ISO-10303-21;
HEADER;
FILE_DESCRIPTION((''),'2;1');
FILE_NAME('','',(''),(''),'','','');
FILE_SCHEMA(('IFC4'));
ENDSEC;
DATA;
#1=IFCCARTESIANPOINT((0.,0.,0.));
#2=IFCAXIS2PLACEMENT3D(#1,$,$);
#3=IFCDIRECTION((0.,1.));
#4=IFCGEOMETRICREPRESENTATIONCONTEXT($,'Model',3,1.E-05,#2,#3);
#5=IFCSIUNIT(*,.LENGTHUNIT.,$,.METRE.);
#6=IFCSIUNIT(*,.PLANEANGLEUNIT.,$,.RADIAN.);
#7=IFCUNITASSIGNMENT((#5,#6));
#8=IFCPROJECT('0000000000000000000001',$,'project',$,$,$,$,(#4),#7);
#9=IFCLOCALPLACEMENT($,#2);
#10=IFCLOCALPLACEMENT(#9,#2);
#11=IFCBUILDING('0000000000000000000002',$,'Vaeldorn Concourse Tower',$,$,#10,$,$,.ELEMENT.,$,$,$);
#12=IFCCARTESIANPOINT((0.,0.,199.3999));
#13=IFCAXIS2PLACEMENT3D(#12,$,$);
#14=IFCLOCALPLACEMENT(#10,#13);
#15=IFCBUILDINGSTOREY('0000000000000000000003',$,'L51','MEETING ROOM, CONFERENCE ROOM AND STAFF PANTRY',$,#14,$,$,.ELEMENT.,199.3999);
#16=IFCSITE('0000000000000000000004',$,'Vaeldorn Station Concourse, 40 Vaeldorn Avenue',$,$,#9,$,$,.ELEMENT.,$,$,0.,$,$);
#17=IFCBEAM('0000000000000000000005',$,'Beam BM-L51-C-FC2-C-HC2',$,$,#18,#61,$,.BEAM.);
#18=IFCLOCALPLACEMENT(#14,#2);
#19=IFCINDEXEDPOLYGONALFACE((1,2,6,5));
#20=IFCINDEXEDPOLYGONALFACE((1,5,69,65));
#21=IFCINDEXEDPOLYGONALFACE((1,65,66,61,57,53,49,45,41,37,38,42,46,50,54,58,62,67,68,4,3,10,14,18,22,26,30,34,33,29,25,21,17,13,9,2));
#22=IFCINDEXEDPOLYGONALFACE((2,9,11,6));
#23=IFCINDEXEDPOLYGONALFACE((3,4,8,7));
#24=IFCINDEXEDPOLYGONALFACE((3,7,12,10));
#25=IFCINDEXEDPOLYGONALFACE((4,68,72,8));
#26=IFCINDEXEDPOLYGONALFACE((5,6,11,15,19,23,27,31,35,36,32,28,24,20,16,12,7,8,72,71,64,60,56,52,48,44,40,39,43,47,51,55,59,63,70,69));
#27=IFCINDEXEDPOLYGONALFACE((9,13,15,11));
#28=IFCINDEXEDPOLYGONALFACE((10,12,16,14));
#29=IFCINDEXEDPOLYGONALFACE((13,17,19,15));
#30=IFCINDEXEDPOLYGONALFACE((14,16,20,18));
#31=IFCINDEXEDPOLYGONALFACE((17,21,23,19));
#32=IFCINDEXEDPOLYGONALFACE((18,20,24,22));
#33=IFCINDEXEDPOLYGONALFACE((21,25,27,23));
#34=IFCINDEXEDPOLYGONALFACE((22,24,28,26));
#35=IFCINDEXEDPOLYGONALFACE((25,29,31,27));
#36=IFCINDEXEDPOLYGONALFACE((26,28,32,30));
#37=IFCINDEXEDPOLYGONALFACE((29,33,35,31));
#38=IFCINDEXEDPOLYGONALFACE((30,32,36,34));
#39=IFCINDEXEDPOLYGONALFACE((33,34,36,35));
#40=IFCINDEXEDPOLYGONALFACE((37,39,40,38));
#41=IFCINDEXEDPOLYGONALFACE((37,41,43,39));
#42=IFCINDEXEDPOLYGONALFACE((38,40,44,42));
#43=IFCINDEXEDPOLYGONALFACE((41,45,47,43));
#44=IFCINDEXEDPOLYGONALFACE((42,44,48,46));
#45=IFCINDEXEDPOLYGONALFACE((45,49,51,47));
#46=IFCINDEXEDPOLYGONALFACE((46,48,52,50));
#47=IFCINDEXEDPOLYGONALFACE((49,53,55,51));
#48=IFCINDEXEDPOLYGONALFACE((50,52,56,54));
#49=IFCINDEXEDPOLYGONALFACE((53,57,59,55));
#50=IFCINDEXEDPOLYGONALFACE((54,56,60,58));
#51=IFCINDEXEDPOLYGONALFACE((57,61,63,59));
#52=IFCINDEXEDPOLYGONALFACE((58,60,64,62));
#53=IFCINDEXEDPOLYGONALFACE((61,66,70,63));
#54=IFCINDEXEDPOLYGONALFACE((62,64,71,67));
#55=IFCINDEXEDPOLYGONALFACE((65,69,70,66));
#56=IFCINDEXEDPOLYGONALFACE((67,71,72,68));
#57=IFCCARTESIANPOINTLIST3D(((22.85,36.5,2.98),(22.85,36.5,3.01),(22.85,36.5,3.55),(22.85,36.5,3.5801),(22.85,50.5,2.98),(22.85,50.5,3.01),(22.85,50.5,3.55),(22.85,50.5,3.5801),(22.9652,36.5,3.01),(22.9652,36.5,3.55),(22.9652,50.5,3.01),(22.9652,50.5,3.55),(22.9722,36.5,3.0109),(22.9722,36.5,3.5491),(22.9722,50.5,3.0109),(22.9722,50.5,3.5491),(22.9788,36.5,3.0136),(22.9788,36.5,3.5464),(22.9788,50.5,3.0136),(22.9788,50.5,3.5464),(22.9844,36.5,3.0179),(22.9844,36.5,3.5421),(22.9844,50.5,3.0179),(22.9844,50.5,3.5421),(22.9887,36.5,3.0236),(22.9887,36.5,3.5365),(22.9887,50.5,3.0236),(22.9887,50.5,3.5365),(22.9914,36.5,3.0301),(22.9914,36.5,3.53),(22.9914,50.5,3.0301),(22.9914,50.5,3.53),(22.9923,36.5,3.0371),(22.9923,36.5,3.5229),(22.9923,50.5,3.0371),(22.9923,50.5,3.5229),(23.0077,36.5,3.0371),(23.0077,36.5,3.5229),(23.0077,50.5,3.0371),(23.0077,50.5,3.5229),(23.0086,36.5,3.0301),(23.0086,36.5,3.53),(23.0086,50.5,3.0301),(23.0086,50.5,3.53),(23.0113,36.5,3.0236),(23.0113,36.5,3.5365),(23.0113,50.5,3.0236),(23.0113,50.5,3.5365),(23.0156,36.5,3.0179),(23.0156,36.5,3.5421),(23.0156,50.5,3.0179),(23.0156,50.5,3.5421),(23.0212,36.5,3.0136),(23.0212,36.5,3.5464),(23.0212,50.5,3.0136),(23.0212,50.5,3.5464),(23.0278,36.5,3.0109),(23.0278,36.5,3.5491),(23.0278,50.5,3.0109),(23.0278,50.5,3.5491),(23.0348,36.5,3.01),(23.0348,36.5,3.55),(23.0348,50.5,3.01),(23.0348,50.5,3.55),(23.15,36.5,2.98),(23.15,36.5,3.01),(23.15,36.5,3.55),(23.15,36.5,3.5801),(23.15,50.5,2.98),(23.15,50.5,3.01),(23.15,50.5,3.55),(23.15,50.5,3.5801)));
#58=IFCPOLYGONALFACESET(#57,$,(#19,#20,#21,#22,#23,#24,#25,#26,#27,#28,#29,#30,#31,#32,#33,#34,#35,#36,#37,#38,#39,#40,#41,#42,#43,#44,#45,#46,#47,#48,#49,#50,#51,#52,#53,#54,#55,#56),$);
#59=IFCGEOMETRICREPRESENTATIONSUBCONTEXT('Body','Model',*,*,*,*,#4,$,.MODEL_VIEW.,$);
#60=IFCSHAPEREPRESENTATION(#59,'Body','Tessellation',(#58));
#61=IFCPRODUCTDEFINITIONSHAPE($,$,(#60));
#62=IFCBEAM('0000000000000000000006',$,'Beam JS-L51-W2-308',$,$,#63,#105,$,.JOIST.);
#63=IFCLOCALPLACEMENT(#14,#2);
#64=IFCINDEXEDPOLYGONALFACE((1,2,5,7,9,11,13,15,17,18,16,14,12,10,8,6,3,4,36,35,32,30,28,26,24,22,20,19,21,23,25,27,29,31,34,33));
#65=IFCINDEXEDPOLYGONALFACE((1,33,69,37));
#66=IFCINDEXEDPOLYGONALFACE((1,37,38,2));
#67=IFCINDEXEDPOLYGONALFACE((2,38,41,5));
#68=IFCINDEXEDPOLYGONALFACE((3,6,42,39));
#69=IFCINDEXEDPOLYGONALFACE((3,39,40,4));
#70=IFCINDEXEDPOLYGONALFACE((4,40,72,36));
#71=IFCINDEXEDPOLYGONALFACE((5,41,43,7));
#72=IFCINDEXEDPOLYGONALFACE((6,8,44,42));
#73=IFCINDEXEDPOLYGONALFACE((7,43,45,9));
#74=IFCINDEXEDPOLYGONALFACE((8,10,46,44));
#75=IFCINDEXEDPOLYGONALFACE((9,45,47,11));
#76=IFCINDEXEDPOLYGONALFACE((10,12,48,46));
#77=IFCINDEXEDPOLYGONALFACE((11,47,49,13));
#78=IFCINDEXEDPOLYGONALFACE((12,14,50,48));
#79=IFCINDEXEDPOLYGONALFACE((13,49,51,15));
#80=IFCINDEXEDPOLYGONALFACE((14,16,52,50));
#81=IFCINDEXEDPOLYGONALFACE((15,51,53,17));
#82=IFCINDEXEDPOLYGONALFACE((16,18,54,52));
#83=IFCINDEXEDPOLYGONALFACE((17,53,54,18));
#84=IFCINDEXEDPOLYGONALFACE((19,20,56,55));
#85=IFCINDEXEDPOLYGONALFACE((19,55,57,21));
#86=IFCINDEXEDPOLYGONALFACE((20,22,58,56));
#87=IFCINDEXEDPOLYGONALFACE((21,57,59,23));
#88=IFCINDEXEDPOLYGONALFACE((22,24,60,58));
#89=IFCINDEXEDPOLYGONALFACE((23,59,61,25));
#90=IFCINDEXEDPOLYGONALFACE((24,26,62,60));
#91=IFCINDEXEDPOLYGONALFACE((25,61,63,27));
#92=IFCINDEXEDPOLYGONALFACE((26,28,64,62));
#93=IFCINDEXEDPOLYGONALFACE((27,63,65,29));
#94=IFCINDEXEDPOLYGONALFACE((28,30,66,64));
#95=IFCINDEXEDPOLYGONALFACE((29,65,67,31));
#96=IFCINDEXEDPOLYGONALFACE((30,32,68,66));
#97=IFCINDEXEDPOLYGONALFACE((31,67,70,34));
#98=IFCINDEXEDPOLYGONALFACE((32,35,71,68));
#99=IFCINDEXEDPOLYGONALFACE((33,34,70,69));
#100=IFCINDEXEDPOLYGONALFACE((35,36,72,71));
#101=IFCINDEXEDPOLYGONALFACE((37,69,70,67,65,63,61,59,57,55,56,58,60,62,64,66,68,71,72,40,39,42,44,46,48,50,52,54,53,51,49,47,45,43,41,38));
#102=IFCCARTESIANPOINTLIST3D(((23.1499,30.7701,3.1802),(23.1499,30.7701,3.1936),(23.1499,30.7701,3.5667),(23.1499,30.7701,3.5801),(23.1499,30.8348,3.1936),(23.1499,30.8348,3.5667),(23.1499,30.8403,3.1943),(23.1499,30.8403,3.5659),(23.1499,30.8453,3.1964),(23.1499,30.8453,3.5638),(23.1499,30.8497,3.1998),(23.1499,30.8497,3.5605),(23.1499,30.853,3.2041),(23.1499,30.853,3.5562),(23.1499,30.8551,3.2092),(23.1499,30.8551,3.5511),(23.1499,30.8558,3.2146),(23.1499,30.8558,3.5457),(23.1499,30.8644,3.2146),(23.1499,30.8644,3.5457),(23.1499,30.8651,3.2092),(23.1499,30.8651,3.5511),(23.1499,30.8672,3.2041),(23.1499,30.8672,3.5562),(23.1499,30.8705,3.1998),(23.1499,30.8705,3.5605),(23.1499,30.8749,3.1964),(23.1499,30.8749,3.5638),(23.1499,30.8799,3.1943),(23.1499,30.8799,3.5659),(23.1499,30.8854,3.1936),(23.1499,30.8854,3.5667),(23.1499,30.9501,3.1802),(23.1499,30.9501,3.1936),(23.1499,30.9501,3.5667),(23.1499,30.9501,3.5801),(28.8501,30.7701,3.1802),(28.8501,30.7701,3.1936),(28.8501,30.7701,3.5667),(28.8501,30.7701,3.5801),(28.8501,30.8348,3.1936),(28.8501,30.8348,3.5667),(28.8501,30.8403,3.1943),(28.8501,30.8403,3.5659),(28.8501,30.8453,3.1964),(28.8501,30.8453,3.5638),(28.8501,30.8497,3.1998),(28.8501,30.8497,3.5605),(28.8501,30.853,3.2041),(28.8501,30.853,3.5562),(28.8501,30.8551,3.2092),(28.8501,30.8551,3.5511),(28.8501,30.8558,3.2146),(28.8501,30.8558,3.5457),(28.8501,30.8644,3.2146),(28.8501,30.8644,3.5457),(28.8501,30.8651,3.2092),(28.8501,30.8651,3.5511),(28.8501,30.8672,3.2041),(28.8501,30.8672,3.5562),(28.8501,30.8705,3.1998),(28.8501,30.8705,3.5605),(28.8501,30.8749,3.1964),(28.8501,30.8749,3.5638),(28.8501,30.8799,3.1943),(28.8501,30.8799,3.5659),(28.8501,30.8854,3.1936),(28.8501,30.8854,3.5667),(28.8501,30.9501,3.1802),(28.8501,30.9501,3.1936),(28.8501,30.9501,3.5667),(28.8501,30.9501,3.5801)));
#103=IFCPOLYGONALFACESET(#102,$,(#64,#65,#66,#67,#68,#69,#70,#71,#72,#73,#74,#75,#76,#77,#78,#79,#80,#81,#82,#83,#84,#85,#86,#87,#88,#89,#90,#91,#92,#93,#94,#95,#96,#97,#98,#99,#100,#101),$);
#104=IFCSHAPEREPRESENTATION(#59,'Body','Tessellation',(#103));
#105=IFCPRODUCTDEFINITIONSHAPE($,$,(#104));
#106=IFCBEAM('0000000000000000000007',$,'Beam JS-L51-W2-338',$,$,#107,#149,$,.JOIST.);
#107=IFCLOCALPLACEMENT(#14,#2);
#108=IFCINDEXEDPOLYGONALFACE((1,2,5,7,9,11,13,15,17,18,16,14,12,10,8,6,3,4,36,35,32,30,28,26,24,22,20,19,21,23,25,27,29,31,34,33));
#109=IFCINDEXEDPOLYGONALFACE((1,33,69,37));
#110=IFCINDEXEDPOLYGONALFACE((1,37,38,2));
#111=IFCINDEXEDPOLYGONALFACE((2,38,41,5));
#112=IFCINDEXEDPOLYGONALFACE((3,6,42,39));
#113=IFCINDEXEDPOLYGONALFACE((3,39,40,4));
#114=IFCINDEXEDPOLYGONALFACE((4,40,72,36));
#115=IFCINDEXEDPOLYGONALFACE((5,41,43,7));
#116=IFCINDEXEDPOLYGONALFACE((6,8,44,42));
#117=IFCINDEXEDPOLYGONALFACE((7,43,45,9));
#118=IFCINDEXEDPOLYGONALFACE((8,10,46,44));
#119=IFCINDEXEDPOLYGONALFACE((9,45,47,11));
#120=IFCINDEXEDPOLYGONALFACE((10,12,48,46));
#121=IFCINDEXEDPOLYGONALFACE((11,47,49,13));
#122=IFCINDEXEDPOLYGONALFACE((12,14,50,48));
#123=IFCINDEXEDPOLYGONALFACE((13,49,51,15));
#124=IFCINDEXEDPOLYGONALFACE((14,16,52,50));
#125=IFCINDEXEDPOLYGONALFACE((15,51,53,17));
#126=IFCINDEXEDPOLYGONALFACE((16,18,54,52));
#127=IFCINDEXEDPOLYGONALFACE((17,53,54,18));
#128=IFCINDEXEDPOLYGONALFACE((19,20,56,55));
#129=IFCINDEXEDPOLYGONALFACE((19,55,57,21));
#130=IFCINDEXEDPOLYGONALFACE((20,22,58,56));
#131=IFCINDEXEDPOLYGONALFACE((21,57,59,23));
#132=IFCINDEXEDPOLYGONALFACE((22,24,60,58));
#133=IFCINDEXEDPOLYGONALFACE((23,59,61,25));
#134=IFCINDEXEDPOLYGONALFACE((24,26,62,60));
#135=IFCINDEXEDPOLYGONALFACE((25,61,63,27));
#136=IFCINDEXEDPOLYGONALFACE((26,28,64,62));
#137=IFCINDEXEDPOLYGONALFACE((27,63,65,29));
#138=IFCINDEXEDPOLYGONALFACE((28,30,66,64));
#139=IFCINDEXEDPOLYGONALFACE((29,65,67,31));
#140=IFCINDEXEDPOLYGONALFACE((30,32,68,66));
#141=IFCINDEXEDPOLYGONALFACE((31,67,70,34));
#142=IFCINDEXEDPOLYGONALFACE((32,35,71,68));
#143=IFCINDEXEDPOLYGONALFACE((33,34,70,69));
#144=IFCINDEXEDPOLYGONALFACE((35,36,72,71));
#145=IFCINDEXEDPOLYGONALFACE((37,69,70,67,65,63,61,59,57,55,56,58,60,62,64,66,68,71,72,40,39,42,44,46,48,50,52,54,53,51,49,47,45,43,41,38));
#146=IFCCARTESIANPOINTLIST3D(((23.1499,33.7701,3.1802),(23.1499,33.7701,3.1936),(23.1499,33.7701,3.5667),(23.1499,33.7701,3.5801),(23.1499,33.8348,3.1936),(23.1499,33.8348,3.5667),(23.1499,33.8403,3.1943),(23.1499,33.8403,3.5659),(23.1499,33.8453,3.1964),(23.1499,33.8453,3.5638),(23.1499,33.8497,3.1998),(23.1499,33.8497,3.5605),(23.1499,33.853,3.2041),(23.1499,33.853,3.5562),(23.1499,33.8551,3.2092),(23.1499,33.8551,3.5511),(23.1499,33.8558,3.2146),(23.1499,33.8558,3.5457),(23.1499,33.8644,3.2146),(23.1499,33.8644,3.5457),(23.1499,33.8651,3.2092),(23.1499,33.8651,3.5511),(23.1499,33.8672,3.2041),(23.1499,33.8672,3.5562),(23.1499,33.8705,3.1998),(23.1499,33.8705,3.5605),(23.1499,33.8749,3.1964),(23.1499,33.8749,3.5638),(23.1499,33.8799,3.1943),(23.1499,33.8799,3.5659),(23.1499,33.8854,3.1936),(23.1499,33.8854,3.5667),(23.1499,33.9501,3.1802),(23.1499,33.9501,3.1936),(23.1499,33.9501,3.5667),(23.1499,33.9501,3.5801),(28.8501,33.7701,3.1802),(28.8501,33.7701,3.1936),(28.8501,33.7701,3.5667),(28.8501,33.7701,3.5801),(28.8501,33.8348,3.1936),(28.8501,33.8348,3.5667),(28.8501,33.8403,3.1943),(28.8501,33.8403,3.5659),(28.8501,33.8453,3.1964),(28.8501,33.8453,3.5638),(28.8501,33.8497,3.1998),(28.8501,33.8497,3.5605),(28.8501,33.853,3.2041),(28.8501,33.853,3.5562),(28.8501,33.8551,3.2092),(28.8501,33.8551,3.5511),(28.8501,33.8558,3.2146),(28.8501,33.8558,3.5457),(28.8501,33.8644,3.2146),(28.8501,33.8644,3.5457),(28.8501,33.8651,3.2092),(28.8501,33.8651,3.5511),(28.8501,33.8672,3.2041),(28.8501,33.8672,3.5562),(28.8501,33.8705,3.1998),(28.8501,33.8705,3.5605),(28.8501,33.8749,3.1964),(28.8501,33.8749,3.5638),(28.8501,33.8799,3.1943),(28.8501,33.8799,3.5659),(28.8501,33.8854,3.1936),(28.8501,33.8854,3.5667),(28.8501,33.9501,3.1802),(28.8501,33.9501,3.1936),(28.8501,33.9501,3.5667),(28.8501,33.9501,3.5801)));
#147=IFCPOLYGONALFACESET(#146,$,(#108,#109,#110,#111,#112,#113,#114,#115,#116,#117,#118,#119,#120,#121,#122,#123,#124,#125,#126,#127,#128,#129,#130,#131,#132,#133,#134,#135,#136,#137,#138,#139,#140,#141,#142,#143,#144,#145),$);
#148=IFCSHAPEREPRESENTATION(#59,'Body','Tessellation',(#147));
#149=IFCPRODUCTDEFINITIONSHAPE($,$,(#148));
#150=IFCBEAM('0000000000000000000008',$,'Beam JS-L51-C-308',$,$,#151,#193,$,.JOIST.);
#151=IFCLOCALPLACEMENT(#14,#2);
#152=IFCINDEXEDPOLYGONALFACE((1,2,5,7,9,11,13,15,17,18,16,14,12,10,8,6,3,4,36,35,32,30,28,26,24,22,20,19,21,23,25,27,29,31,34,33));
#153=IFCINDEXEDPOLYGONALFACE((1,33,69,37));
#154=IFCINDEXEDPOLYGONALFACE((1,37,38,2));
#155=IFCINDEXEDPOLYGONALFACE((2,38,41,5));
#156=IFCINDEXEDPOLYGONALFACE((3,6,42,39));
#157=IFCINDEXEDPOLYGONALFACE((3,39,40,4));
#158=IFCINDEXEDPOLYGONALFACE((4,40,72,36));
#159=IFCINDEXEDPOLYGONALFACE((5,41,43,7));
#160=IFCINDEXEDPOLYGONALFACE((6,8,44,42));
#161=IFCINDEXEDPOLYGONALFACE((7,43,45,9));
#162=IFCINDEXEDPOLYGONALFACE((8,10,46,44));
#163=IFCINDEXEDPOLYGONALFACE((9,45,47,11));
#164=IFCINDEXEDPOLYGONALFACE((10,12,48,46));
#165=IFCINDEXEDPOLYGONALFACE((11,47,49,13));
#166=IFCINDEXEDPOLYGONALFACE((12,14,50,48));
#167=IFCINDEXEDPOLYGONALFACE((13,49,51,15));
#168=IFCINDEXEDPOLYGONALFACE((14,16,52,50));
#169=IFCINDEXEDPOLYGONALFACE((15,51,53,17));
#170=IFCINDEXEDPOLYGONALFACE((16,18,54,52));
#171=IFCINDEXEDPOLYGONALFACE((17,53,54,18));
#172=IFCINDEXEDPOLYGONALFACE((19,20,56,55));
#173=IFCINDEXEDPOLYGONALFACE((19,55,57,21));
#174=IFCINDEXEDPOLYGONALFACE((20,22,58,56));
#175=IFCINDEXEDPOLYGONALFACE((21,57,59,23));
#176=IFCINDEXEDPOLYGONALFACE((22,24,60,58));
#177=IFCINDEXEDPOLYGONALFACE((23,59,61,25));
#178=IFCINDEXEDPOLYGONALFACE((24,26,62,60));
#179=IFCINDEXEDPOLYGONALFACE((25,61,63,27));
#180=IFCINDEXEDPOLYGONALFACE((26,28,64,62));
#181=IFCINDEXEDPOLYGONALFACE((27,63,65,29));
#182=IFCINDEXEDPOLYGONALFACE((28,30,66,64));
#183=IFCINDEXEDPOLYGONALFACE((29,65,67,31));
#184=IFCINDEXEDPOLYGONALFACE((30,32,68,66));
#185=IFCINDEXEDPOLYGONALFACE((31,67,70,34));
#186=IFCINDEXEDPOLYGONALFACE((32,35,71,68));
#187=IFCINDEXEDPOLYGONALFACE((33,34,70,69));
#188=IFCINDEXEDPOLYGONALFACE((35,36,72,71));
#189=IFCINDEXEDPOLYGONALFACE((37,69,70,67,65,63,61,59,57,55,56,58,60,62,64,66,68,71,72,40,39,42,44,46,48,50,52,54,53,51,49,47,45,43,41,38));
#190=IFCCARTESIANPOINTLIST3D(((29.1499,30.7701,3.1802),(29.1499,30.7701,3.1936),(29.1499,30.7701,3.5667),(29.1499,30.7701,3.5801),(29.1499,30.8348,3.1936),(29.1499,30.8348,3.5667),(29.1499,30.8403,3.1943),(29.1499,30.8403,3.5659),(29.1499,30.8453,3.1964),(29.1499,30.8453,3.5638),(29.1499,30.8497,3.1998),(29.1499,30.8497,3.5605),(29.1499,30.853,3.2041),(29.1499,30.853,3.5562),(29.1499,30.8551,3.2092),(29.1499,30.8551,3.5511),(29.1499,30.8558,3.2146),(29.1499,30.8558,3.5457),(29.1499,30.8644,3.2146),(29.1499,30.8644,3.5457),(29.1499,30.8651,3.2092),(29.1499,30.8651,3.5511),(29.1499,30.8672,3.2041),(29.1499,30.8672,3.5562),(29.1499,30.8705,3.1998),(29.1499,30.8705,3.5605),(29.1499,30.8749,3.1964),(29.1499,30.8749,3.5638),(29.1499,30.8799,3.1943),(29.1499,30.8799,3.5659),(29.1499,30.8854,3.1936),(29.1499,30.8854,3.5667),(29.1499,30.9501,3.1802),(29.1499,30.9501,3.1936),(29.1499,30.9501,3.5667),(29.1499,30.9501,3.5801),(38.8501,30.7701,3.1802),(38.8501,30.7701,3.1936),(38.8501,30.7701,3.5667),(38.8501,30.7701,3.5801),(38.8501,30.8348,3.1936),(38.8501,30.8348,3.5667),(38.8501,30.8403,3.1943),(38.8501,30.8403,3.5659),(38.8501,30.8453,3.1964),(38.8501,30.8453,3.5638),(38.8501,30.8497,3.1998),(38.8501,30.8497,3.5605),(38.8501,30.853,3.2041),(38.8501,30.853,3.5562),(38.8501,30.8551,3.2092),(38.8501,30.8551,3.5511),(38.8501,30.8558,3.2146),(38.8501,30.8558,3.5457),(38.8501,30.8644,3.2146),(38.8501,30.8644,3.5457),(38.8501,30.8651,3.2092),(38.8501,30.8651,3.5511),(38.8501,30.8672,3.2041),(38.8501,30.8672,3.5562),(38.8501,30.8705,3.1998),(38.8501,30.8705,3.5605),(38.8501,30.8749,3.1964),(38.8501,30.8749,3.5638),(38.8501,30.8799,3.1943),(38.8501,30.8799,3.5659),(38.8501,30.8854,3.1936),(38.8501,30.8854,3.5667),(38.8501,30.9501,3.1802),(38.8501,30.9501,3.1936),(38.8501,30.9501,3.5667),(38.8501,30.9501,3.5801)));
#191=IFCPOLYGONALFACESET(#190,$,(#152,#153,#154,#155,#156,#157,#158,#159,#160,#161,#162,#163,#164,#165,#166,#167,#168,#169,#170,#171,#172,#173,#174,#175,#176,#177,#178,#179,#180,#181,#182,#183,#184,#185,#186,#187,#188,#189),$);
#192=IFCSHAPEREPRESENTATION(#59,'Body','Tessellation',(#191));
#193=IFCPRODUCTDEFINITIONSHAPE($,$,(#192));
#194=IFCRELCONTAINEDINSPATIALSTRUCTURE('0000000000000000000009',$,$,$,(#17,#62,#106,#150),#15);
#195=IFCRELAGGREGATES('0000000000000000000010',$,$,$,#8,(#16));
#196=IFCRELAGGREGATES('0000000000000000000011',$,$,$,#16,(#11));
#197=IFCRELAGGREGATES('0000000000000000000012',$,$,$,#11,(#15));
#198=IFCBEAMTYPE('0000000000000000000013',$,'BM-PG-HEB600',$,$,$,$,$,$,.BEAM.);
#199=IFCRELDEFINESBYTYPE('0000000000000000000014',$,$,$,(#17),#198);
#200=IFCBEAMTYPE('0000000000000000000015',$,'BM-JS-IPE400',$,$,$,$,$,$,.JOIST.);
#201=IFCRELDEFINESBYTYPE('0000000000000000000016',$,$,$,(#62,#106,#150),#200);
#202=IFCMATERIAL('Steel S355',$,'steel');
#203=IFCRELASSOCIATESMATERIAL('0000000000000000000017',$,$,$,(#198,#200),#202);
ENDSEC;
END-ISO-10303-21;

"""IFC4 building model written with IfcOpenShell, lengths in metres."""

from ifc_helpers import new_model, si_unit, direction, frame, origin, origin_2d, place, context, subcontext, project, spatial, i_section, extrude, source, transform, mapped, material, material_profile, profile_set, type_object, element, save


model = new_model("IFC4")

# Units and contexts
model_context = context("Model", 3, precision=1e-05, world=origin(), true_north=direction((0.0, 1.0)))
body_context = subcontext(model_context, "Body", "Model", "MODEL_VIEW")
ifc_project = project(units=[si_unit("LENGTHUNIT", "METRE"), si_unit("PLANEANGLEUNIT", "RADIAN")], contexts=[model_context])

# Site, building, storey
site_placement = place(None, origin())
site = spatial("IfcSite", under=ifc_project, at=site_placement, Name="Vaeldorn Station Concourse, 40 Vaeldorn Avenue", CompositionType="ELEMENT", RefElevation=0.0)
building_placement = place(site_placement, origin())
building = spatial("IfcBuilding", under=site, at=building_placement, Name="Vaeldorn Concourse Tower", CompositionType="ELEMENT")
storey_placement = place(building_placement, frame((0.0, 0.0, 199.3999)))
storey = spatial("IfcBuildingStorey", under=building, at=storey_placement, Name="L51", Description="MEETING ROOM, CONFERENCE ROOM AND STAFF PANTRY", CompositionType="ELEMENT", Elevation=199.3999)

# Beams
ifc_material_1 = material(Name="Steel S355", Category="steel")
ifc_material_profile_1 = material_profile(ifc_material_1, i_section(OverallWidth=0.3, OverallDepth=0.6001, WebThickness=0.0154, FlangeThickness=0.03, FilletRadius=0.0271, at=origin_2d()), Name="HEB 600")
ifc_profile_set_1 = profile_set([ifc_material_profile_1], Name="Steel S355")
beam_type_1 = type_object("IfcBeamType", Name="BM-PG-HEB600", PredefinedType="BEAM", material=ifc_profile_set_1)
shared_shape_1 = source(origin(), body_context, "Body", "SweptSolid", [
    extrude(i_section(OverallWidth=0.3, OverallDepth=0.6001, WebThickness=0.0154, FlangeThickness=0.03, FilletRadius=0.0271, at=origin_2d()), origin(), (0.0, 0.0, 1.0), 14.0),
])
beam_1_placement = place(storey_placement, frame((23.0, 36.5, 3.28), z_axis=(0.0, 1.0, 0.0), x_axis=(-1.0, 0.0, 0.0)))
element("IfcBeam", 1, at=beam_1_placement, inside=storey, type_object=beam_type_1, Name="Beam BM-L51-C-FC2-C-HC2", PredefinedType="BEAM", context=body_context, shape_type="MappedRepresentation", body=[
    mapped(shared_shape_1, transform((0.0, 0.0, 0.0), scale=1.0)),
])
ifc_material_profile_2 = material_profile(ifc_material_1, i_section(OverallWidth=0.1799, OverallDepth=0.3999, WebThickness=0.0085, FlangeThickness=0.0134, FilletRadius=0.021, at=origin_2d()), Name="IPE 400")
ifc_profile_set_2 = profile_set([ifc_material_profile_2], Name="Steel S355")
beam_type_2 = type_object("IfcBeamType", Name="BM-JS-IPE400", PredefinedType="JOIST", material=ifc_profile_set_2)
shared_shape_2 = source(origin(), body_context, "Body", "SweptSolid", [
    extrude(i_section(OverallWidth=0.1799, OverallDepth=0.3999, WebThickness=0.0085, FlangeThickness=0.0134, FilletRadius=0.021, at=origin_2d()), origin(), (0.0, 0.0, 1.0), 5.7002),
])
for number, where, z_axis, x_axis, name in (
    (2, (23.1499, 30.8601, 3.3801), (1.0, 0.0, 0.0), (0.0, 1.0, 0.0), "Beam JS-L51-W2-308"),
    (3, (23.1499, 33.8601, 3.3801), (1.0, 0.0, 0.0), (0.0, 1.0, 0.0), "Beam JS-L51-W2-338"),
):
    element("IfcBeam", number, at=place(storey_placement, frame(where, z_axis=z_axis, x_axis=x_axis)), inside=storey, type_object=beam_type_2, Name=name, PredefinedType="JOIST", context=body_context, shape_type="MappedRepresentation", body=[
        mapped(shared_shape_2, transform((0.0, 0.0, 0.0), scale=1.0)),
    ])
shared_shape_3 = source(origin(), body_context, "Body", "SweptSolid", [
    extrude(i_section(OverallWidth=0.1799, OverallDepth=0.3999, WebThickness=0.0085, FlangeThickness=0.0134, FilletRadius=0.021, at=origin_2d()), origin(), (0.0, 0.0, 1.0), 9.7002),
])
for number, where, z_axis, x_axis, name in (
    (4, (29.1499, 30.8601, 3.3801), (1.0, 0.0, 0.0), (0.0, 1.0, 0.0), "Beam JS-L51-C-308"),
):
    element("IfcBeam", number, at=place(storey_placement, frame(where, z_axis=z_axis, x_axis=x_axis)), inside=storey, type_object=beam_type_2, Name=name, PredefinedType="JOIST", context=body_context, shape_type="MappedRepresentation", body=[
        mapped(shared_shape_3, transform((0.0, 0.0, 0.0), scale=1.0)),
    ])

save(model, "model.ifc")
